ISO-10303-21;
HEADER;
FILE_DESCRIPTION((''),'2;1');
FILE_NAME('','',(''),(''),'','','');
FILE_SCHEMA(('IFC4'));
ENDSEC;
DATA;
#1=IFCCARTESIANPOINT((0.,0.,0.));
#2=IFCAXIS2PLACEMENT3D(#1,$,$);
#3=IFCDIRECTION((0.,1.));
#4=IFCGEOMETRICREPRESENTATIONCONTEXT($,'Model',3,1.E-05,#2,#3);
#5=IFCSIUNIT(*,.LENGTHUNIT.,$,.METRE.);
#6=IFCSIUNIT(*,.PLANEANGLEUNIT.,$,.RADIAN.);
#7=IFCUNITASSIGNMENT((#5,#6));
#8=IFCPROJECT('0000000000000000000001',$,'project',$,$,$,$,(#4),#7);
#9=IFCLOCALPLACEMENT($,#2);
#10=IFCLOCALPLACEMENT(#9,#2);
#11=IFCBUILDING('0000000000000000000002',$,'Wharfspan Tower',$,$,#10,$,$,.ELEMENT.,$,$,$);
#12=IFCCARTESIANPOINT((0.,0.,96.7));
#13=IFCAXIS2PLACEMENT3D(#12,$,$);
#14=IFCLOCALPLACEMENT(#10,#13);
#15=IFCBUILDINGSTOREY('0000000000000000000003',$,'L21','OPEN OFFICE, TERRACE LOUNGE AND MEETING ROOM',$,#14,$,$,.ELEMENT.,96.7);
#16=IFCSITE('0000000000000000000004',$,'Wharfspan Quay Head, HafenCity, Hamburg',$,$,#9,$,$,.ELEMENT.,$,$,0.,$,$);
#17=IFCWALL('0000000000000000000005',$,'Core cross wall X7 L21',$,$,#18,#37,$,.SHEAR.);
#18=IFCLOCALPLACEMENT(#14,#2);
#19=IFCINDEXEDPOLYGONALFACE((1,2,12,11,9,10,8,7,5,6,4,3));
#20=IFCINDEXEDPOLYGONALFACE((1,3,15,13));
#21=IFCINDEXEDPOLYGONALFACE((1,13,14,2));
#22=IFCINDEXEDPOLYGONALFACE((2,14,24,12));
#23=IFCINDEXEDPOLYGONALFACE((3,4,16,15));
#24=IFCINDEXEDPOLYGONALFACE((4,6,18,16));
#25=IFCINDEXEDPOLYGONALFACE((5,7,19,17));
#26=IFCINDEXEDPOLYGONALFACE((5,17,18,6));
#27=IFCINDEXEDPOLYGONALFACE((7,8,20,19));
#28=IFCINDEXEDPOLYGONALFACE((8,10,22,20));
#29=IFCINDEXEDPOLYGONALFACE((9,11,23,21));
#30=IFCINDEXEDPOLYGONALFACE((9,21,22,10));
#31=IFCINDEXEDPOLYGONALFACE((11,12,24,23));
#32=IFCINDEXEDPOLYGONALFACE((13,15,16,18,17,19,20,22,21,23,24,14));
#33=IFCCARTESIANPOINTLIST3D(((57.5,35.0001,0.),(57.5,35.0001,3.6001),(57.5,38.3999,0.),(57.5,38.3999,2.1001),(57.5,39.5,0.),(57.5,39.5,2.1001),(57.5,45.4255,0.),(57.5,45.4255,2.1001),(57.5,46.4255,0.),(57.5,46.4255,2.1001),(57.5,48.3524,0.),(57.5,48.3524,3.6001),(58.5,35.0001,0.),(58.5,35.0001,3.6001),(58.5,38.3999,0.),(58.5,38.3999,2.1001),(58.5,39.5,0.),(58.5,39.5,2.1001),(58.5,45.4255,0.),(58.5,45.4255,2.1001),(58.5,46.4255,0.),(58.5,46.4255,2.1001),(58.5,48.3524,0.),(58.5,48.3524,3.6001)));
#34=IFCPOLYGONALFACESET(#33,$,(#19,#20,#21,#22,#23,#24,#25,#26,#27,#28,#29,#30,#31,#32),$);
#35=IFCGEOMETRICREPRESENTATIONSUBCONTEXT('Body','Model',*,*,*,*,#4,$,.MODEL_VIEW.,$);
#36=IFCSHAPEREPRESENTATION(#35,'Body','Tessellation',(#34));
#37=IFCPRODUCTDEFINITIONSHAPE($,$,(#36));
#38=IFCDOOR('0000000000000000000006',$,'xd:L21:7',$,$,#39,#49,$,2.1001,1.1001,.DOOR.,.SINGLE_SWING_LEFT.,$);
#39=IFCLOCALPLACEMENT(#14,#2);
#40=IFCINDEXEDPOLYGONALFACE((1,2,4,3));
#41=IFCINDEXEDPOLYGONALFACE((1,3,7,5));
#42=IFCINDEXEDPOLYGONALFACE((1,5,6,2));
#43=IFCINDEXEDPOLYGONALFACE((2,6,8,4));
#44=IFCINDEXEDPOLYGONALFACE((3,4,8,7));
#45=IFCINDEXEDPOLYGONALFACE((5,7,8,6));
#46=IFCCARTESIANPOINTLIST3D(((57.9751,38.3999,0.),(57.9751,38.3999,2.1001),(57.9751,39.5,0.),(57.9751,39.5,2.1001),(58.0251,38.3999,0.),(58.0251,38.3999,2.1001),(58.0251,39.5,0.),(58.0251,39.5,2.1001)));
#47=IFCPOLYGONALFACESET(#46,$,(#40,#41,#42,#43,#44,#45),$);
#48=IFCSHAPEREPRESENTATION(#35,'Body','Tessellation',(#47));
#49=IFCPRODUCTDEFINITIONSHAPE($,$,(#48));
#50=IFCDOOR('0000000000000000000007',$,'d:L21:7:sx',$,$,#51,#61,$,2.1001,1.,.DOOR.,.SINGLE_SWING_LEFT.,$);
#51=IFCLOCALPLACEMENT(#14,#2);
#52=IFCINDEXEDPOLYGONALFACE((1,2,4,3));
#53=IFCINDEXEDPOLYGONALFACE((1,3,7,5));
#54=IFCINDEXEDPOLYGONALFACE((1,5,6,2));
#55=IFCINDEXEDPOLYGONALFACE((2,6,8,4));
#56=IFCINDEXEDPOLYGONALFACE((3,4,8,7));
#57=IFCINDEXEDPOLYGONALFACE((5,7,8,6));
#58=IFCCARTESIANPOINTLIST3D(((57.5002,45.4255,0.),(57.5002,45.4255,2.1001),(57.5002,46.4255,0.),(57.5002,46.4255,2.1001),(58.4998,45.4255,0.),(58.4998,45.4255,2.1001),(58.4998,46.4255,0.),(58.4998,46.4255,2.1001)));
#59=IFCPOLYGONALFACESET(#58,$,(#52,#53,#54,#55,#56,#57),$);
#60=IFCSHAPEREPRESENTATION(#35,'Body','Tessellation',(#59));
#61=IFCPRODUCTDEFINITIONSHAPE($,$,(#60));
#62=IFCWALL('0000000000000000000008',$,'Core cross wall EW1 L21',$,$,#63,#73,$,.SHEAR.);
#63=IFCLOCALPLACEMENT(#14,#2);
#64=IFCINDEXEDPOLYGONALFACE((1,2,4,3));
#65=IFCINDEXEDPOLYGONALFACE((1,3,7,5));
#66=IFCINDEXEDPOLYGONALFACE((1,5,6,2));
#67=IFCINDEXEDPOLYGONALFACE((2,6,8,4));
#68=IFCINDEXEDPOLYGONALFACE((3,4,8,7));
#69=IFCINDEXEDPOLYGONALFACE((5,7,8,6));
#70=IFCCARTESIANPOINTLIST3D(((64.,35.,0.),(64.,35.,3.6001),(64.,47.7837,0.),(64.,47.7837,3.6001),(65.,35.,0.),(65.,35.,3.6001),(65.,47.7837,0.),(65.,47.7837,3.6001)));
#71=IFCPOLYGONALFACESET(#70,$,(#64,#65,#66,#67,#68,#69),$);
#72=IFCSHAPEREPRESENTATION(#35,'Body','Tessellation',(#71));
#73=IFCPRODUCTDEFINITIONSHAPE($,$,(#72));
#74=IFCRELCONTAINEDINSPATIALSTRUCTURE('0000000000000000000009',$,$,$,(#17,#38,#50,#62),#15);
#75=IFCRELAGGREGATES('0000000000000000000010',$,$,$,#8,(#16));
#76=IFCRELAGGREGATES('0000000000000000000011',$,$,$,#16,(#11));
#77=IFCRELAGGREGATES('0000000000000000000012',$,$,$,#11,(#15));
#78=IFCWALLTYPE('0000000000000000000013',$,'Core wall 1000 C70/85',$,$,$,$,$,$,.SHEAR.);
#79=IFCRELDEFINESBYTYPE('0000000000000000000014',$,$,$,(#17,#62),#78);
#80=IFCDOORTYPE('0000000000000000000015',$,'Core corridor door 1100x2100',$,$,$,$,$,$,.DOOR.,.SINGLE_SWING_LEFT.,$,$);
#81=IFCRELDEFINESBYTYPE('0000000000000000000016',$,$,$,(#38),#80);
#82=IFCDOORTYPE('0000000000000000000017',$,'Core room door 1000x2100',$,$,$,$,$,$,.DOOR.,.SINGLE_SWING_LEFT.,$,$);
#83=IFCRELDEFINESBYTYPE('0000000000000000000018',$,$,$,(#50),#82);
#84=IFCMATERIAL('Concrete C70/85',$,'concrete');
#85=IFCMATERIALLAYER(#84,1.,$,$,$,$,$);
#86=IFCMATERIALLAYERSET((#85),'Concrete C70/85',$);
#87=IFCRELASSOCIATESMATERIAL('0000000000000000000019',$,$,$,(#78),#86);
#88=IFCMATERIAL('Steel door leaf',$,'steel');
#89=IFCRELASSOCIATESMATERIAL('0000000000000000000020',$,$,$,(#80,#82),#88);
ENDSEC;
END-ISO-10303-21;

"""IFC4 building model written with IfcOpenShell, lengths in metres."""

from ifc_helpers import new_model, si_unit, direction, frame, frame_2d, origin, place, context, subcontext, project, spatial, rectangle, extrude, material, layer, layer_set, type_object, element, fill, save


model = new_model("IFC4")

# Units and contexts
model_context = context("Model", 3, precision=1e-05, world=origin(), true_north=direction((0.0, 1.0)))
body_context = subcontext(model_context, "Body", "Model", "MODEL_VIEW")
ifc_project = project(units=[si_unit("LENGTHUNIT", "METRE"), si_unit("PLANEANGLEUNIT", "RADIAN")], contexts=[model_context])

# Site, building, storey
site_placement = place(None, origin())
site = spatial("IfcSite", under=ifc_project, at=site_placement, Name="Wharfspan Quay Head, HafenCity, Hamburg", CompositionType="ELEMENT", RefElevation=0.0)
building_placement = place(site_placement, origin())
building = spatial("IfcBuilding", under=site, at=building_placement, Name="Wharfspan Tower", CompositionType="ELEMENT")
storey_placement = place(building_placement, frame((0.0, 0.0, 96.7)))
storey = spatial("IfcBuildingStorey", under=building, at=storey_placement, Name="L21", Description="OPEN OFFICE, TERRACE LOUNGE AND MEETING ROOM", CompositionType="ELEMENT", Elevation=96.7)

# Wall, openings, doors
ifc_material_1 = material(Name="Concrete C70/85", Category="concrete")
ifc_layer_1 = layer(ifc_material_1, 1.0)
ifc_layer_set_1 = layer_set([ifc_layer_1], Name="Concrete C70/85")
wall_type_1 = type_object("IfcWallType", Name="Core wall 1000 C70/85", PredefinedType="SHEAR", material=ifc_layer_set_1)
wall_1_placement = place(storey_placement, frame((58.0, 35.0, 0.0), z_axis=(0.0, 0.0, 1.0), x_axis=(0.0, 1.0, 0.0)))
wall_1 = element("IfcWall", 1, at=wall_1_placement, inside=storey, type_object=wall_type_1, Name="Core cross wall X7 L21", PredefinedType="SHEAR", context=body_context, shape_type="SweptSolid", body=[
    extrude(rectangle(XDim=13.3523, YDim=1.0, at=frame_2d((6.6763, 0.0))), origin(), (0.0, 0.0, 1.0), 3.6001),
])
opening_1_placement = place(wall_1_placement, frame((10.4255, 0.0, 0.0)))
opening_1 = element("IfcOpeningElement", 2, at=opening_1_placement, cuts=wall_1, PredefinedType="OPENING", context=body_context, shape_type="SweptSolid", body=[
    extrude(rectangle(XDim=1.0, YDim=2.1001, at=frame_2d((0.5, 1.05))), frame((0.0, 0.51, 0.0), z_axis=(0.0, -1.0, 0.0), x_axis=(1.0, 0.0, 0.0)), (0.0, 0.0, 1.0), 1.02),
])
opening_2_placement = place(wall_1_placement, frame((3.3999, 0.0, 0.0)))
opening_2 = element("IfcOpeningElement", 3, at=opening_2_placement, cuts=wall_1, PredefinedType="OPENING", context=body_context, shape_type="SweptSolid", body=[
    extrude(rectangle(XDim=1.1001, YDim=2.1001, at=frame_2d((0.55, 1.05))), frame((0.0, 0.51, 0.0), z_axis=(0.0, -1.0, 0.0), x_axis=(1.0, 0.0, 0.0)), (0.0, 0.0, 1.0), 1.02),
])
ifc_material_2 = material(Name="Steel door leaf", Category="steel")
door_type_1 = type_object("IfcDoorType", Name="Core corridor door 1100x2100", OperationType="SINGLE_SWING_LEFT", PredefinedType="DOOR", material=ifc_material_2)
door_1_placement = place(opening_2_placement, origin())
door_1 = element("IfcDoor", 4, at=door_1_placement, inside=storey, type_object=door_type_1, Name="xd:L21:7", OperationType="SINGLE_SWING_LEFT", OverallHeight=2.1001, OverallWidth=1.1001, PredefinedType="DOOR", context=body_context, shape_type="SweptSolid", body=[
    extrude(rectangle(XDim=1.1001, YDim=2.1001, at=frame_2d((0.55, 1.05))), frame((0.0, 0.0249, 0.0), z_axis=(0.0, -1.0, 0.0), x_axis=(1.0, 0.0, 0.0)), (0.0, 0.0, 1.0), 0.05),
])
fill(opening_2, door_1)
door_type_2 = type_object("IfcDoorType", Name="Core room door 1000x2100", OperationType="SINGLE_SWING_LEFT", PredefinedType="DOOR", material=ifc_material_2)
door_2_placement = place(opening_1_placement, origin())
door_2 = element("IfcDoor", 5, at=door_2_placement, inside=storey, type_object=door_type_2, Name="d:L21:7:sx", OperationType="SINGLE_SWING_LEFT", OverallHeight=2.1001, OverallWidth=1.0, PredefinedType="DOOR", context=body_context, shape_type="SweptSolid", body=[
    extrude(rectangle(XDim=1.0, YDim=2.1001, at=frame_2d((0.5, 1.05))), frame((0.0, 0.4998, 0.0), z_axis=(0.0, -1.0, 0.0), x_axis=(1.0, 0.0, 0.0)), (0.0, 0.0, 1.0), 0.9995),
])
fill(opening_1, door_2)

# Wall
wall_2_placement = place(storey_placement, frame((64.5, 35.0, 0.0), z_axis=(0.0, 0.0, 1.0), x_axis=(0.0, 1.0, 0.0)))
element("IfcWall", 6, at=wall_2_placement, inside=storey, type_object=wall_type_1, Name="Core cross wall EW1 L21", PredefinedType="SHEAR", context=body_context, shape_type="SweptSolid", body=[
    extrude(rectangle(XDim=12.7837, YDim=1.0, at=frame_2d((6.3918, 0.0))), origin(), (0.0, 0.0, 1.0), 3.6001),
])

save(model, "model.ifc")
